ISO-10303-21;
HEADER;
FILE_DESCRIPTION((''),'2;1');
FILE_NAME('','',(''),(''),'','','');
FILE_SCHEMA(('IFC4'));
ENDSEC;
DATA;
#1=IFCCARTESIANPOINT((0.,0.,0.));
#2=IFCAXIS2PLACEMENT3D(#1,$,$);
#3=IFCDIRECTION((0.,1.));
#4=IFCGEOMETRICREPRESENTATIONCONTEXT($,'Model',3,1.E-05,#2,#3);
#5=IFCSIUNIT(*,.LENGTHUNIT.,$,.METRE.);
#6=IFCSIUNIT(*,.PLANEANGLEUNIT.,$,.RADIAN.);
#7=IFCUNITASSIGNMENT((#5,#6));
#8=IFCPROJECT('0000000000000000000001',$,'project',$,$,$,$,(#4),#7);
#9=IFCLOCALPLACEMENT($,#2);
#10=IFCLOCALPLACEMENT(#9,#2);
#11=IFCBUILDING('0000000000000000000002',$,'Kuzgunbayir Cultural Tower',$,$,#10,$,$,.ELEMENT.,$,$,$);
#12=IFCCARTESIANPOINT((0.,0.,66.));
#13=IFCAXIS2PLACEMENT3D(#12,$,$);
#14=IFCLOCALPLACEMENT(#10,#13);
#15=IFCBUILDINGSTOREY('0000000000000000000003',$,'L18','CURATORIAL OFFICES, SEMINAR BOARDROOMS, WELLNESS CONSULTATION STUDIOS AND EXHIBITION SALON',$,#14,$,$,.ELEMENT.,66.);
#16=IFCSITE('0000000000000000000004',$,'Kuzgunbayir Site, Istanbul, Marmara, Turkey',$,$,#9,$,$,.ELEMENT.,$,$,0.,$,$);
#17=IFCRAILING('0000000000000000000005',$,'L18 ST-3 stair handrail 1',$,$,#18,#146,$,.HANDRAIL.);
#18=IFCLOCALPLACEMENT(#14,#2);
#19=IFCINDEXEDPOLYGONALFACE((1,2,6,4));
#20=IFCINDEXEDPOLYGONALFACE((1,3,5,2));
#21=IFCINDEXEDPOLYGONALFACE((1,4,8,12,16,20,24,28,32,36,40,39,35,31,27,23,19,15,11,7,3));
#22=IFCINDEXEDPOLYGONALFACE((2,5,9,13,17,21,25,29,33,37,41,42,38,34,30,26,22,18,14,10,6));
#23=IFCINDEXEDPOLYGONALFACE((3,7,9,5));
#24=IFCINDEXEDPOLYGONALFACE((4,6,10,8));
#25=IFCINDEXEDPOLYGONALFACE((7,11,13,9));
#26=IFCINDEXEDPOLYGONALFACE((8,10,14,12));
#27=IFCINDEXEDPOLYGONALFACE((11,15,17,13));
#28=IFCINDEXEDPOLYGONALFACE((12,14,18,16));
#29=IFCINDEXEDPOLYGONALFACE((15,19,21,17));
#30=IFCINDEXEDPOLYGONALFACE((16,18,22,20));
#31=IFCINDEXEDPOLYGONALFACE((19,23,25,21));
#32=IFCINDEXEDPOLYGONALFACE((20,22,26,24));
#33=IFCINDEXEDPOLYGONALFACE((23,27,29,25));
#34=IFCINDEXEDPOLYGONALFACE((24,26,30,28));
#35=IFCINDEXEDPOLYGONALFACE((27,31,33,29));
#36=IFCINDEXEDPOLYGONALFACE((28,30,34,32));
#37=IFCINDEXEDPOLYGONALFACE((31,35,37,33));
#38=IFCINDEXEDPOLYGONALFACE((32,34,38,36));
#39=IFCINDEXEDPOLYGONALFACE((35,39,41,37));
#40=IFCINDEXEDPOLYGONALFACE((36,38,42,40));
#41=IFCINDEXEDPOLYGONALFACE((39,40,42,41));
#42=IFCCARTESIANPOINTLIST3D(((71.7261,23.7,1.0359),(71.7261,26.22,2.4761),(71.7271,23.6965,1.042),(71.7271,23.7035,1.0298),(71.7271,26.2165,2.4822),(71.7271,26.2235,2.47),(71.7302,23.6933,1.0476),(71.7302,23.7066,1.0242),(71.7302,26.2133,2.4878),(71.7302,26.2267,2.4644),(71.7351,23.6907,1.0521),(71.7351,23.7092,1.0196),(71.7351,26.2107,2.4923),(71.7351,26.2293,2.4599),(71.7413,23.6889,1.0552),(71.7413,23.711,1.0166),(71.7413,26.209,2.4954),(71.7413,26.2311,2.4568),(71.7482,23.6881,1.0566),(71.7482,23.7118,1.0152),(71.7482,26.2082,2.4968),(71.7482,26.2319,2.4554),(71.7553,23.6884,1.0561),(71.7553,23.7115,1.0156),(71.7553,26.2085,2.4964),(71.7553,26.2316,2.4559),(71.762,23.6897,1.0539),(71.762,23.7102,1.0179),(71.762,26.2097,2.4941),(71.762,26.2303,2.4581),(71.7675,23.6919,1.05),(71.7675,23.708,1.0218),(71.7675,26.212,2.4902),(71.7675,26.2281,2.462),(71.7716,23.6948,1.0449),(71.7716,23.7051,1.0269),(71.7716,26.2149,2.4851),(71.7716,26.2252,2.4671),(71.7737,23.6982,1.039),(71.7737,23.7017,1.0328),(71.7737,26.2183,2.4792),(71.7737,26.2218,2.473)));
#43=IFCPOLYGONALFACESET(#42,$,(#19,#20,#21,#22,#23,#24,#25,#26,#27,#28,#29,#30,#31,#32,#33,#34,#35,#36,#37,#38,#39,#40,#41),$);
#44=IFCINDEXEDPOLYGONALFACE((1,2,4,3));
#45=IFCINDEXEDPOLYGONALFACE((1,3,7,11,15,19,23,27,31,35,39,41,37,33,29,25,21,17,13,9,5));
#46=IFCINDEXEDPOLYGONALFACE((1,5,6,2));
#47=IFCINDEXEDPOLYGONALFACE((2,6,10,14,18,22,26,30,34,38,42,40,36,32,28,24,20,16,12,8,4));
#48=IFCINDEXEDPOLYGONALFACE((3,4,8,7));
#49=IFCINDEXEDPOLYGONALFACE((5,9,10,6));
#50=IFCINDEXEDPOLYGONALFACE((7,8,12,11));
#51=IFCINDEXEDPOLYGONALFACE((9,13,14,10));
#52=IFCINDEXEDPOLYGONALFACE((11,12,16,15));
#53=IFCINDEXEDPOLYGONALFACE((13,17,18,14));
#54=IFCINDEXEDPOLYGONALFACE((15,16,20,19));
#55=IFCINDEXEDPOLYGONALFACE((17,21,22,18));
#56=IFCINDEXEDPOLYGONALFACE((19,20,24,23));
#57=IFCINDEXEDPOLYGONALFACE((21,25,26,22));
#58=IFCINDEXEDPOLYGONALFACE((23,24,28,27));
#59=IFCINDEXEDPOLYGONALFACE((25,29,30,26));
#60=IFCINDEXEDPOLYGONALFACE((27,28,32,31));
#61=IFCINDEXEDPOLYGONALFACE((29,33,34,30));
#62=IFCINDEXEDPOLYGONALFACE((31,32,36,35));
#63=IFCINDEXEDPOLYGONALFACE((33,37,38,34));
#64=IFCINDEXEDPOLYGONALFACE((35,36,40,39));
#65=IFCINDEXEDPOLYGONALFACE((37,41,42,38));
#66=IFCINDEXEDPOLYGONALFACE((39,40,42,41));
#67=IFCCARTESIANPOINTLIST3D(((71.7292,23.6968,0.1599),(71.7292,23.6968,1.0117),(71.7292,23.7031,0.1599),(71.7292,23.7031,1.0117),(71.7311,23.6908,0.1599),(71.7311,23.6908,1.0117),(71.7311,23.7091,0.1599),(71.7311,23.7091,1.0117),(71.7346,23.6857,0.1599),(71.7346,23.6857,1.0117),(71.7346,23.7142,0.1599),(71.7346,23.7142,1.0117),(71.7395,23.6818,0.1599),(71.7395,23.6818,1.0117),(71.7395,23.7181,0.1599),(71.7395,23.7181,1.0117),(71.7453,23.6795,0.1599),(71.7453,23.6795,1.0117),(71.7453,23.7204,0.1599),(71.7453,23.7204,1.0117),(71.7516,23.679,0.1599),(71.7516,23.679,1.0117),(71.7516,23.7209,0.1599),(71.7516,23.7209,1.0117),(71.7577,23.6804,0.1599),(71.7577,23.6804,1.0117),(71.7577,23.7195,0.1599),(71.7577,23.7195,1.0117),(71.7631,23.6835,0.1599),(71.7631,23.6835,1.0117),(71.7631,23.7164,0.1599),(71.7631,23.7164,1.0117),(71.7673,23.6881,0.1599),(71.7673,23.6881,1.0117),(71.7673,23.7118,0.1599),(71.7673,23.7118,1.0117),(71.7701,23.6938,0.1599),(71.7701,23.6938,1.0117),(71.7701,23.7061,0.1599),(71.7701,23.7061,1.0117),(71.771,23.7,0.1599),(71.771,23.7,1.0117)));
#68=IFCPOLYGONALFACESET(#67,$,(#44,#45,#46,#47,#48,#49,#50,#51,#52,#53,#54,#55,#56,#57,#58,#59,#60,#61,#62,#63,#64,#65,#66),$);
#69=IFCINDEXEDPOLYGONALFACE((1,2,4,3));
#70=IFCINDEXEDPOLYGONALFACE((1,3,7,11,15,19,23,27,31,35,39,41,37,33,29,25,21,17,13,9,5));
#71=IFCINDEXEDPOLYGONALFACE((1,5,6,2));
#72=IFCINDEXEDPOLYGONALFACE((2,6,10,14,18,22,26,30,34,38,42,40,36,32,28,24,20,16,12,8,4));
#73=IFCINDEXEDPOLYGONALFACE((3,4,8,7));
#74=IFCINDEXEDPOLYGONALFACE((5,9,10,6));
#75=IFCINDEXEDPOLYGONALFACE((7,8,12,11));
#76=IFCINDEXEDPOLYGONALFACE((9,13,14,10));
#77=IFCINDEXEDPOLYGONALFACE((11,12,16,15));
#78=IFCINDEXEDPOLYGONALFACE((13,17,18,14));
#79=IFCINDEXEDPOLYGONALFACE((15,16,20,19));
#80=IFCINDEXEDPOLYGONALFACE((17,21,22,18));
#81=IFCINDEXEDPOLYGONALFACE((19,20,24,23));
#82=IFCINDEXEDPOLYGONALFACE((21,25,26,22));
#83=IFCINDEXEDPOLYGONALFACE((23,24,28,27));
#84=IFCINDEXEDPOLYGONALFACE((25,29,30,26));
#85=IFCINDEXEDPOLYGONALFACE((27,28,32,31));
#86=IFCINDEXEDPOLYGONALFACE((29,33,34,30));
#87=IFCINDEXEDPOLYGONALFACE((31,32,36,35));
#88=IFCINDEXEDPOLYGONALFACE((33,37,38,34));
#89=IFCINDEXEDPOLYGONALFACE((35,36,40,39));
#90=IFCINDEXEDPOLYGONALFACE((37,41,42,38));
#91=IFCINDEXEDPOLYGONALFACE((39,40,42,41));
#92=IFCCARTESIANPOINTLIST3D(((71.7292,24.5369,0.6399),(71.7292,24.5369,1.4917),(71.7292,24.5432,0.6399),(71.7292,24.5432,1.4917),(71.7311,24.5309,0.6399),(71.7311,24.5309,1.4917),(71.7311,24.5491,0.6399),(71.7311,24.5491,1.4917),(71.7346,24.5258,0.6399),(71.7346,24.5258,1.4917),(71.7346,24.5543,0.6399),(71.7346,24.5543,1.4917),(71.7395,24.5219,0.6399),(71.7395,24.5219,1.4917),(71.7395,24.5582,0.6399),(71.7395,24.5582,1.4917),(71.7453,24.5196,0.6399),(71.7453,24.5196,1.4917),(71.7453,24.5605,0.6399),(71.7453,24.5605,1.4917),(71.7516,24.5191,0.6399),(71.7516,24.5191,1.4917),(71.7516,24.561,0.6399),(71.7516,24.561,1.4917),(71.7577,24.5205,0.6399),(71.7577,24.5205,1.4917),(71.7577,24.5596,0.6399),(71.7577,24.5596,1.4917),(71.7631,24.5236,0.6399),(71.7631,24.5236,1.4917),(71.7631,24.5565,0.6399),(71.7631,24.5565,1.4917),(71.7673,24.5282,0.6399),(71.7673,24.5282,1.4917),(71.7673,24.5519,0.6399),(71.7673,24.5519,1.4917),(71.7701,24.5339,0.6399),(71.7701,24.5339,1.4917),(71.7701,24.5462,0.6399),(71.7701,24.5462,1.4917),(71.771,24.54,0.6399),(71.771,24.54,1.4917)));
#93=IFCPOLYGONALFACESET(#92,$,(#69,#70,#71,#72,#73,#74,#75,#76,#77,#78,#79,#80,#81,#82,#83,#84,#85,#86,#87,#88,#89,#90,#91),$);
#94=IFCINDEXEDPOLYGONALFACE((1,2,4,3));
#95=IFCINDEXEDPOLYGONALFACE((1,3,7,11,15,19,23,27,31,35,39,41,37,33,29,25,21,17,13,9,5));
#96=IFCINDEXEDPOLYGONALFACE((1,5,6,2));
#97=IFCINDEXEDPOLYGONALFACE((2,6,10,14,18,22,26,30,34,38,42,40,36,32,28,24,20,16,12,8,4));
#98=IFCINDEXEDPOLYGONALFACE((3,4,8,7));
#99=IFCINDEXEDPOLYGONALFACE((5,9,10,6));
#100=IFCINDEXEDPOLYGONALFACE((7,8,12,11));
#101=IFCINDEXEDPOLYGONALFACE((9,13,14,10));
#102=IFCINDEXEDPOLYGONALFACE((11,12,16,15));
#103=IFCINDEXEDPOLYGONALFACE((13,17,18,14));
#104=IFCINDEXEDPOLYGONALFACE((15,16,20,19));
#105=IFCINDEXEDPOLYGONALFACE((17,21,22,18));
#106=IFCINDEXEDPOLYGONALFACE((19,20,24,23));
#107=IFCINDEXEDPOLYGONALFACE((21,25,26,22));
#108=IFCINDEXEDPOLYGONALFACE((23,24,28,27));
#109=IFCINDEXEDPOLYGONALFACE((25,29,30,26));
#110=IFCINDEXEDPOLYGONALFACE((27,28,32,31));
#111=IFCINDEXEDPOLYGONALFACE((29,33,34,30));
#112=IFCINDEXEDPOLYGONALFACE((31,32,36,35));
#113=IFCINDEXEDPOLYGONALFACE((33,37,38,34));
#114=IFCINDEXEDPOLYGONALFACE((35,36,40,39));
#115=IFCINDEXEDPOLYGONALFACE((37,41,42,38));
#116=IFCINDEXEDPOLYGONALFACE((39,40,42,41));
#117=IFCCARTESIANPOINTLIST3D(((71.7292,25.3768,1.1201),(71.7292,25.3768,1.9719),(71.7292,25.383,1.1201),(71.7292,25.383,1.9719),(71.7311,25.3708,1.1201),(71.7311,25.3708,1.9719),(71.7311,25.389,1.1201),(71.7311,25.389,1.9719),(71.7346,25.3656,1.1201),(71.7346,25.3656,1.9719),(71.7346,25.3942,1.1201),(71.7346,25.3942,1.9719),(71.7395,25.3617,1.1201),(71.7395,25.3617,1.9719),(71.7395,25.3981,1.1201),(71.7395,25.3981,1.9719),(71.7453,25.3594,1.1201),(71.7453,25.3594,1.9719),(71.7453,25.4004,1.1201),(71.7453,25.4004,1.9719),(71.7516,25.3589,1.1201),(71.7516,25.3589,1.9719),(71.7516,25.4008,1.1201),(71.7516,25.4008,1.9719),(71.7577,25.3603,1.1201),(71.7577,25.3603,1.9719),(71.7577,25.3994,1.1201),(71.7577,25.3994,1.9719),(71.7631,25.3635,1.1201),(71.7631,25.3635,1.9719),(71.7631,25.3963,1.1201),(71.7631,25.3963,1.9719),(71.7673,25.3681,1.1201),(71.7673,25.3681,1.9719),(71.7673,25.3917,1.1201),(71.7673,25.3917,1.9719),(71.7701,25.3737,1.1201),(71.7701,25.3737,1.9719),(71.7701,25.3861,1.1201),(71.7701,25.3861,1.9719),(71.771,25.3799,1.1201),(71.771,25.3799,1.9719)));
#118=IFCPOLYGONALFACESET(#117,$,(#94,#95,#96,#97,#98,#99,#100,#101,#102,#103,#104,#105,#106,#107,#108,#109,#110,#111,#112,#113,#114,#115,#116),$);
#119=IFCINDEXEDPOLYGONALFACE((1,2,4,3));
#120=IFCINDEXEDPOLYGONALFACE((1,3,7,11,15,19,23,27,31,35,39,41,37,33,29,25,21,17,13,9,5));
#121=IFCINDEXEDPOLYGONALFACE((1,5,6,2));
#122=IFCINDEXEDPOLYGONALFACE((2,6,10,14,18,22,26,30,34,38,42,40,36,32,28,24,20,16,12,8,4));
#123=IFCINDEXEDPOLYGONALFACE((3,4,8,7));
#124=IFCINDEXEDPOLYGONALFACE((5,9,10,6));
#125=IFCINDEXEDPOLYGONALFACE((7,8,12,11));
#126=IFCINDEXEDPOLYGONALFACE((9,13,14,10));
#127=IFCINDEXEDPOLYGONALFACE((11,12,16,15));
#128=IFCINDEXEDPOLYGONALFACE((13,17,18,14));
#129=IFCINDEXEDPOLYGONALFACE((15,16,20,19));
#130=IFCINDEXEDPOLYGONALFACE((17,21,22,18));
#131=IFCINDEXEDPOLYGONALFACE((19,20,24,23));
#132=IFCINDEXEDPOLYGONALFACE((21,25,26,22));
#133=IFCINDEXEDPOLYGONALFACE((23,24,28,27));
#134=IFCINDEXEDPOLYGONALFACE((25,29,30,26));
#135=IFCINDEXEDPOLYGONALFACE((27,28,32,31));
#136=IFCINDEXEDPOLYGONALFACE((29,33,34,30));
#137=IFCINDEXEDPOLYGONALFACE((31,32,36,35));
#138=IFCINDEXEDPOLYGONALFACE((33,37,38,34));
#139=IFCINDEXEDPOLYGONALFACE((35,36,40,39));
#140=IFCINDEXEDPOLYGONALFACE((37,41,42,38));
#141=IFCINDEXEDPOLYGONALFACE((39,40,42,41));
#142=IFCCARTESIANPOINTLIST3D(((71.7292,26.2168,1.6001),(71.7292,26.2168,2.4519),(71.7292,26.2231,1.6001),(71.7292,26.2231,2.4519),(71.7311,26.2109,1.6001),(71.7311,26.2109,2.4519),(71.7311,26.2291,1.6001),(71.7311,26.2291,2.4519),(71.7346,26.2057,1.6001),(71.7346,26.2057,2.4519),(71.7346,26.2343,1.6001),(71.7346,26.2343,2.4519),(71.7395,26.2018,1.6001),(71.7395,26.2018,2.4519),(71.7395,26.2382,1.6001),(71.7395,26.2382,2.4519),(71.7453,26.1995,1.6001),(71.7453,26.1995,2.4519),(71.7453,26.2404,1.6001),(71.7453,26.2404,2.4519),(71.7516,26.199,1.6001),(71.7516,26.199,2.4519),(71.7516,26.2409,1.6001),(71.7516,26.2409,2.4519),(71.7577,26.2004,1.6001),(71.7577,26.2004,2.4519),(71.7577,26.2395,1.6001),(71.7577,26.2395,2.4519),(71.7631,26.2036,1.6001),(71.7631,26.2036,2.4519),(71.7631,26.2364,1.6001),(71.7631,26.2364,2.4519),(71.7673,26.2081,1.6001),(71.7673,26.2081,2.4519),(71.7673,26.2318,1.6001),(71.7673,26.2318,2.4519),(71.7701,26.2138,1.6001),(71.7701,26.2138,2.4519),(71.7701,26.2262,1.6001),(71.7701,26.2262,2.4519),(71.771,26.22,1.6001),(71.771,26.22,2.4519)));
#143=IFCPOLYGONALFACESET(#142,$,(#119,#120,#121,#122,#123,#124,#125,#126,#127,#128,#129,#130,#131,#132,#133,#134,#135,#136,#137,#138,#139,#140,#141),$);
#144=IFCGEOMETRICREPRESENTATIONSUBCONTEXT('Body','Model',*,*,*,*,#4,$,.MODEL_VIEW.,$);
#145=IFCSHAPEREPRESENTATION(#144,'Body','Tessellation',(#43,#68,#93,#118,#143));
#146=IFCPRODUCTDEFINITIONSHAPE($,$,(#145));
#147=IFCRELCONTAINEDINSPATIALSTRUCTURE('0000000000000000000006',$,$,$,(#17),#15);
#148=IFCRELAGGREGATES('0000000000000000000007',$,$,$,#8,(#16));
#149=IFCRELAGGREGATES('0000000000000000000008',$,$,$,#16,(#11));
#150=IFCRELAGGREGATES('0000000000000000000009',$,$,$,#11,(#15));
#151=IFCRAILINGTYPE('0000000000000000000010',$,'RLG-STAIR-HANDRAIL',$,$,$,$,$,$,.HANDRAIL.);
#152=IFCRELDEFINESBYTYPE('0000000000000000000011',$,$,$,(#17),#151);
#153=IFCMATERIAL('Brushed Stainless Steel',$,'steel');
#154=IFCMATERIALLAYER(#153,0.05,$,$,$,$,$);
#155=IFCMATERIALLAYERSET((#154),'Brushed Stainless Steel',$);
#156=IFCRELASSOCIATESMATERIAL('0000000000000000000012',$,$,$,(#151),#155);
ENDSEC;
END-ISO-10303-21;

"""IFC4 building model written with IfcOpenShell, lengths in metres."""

from ifc_helpers import new_model, si_unit, direction, frame, origin, origin_2d, place, context, subcontext, project, spatial, circle, extrude, material, layer, layer_set, type_object, element, save


model = new_model("IFC4")

# Units and contexts
model_context = context("Model", 3, precision=1e-05, world=origin(), true_north=direction((0.0, 1.0)))
body_context = subcontext(model_context, "Body", "Model", "MODEL_VIEW")
ifc_project = project(units=[si_unit("LENGTHUNIT", "METRE"), si_unit("PLANEANGLEUNIT", "RADIAN")], contexts=[model_context])

# Site, building, storey
site_placement = place(None, origin())
site = spatial("IfcSite", under=ifc_project, at=site_placement, Name="Kuzgunbayir Site, Istanbul, Marmara, Turkey", CompositionType="ELEMENT", RefElevation=0.0)
building_placement = place(site_placement, origin())
building = spatial("IfcBuilding", under=site, at=building_placement, Name="Kuzgunbayir Cultural Tower", CompositionType="ELEMENT")
storey_placement = place(building_placement, frame((0.0, 0.0, 66.0)))
storey = spatial("IfcBuildingStorey", under=building, at=storey_placement, Name="L18", Description="CURATORIAL OFFICES, SEMINAR BOARDROOMS, WELLNESS CONSULTATION STUDIOS AND EXHIBITION SALON", CompositionType="ELEMENT", Elevation=66.0)

# Railing
ifc_material_1 = material(Name="Brushed Stainless Steel", Category="steel")
ifc_layer_1 = layer(ifc_material_1, 0.05)
ifc_layer_set_1 = layer_set([ifc_layer_1], Name="Brushed Stainless Steel")
railing_type_1 = type_object("IfcRailingType", Name="RLG-STAIR-HANDRAIL", PredefinedType="HANDRAIL", material=ifc_layer_set_1)
railing_1_placement = place(storey_placement, frame((71.75, 23.7, 0.1599)))
element("IfcRailing", 1, at=railing_1_placement, inside=storey, type_object=railing_type_1, Name="L18 ST-3 stair handrail 1", PredefinedType="HANDRAIL", context=body_context, shape_type="SweptSolid", body=[
    extrude(circle(Radius=0.0239, at=origin_2d()), frame((0.0, 0.0, 0.876), z_axis=(0.0, 0.868217, 0.496184), x_axis=(-1.0, 0.0, 0.0)), (0.0, 0.0, 1.0), 2.9026),
    extrude(circle(Radius=0.021, at=origin_2d()), origin(), (0.0, 0.0, 1.0), 0.8518),
    extrude(circle(Radius=0.021, at=origin_2d()), frame((0.0, 0.8401, 0.48)), (0.0, 0.0, 1.0), 0.8518),
    extrude(circle(Radius=0.021, at=origin_2d()), frame((0.0, 1.6799, 0.9602)), (0.0, 0.0, 1.0), 0.8518),
    extrude(circle(Radius=0.021, at=origin_2d()), frame((0.0, 2.52, 1.4402)), (0.0, 0.0, 1.0), 0.8518),
])

save(model, "model.ifc")
